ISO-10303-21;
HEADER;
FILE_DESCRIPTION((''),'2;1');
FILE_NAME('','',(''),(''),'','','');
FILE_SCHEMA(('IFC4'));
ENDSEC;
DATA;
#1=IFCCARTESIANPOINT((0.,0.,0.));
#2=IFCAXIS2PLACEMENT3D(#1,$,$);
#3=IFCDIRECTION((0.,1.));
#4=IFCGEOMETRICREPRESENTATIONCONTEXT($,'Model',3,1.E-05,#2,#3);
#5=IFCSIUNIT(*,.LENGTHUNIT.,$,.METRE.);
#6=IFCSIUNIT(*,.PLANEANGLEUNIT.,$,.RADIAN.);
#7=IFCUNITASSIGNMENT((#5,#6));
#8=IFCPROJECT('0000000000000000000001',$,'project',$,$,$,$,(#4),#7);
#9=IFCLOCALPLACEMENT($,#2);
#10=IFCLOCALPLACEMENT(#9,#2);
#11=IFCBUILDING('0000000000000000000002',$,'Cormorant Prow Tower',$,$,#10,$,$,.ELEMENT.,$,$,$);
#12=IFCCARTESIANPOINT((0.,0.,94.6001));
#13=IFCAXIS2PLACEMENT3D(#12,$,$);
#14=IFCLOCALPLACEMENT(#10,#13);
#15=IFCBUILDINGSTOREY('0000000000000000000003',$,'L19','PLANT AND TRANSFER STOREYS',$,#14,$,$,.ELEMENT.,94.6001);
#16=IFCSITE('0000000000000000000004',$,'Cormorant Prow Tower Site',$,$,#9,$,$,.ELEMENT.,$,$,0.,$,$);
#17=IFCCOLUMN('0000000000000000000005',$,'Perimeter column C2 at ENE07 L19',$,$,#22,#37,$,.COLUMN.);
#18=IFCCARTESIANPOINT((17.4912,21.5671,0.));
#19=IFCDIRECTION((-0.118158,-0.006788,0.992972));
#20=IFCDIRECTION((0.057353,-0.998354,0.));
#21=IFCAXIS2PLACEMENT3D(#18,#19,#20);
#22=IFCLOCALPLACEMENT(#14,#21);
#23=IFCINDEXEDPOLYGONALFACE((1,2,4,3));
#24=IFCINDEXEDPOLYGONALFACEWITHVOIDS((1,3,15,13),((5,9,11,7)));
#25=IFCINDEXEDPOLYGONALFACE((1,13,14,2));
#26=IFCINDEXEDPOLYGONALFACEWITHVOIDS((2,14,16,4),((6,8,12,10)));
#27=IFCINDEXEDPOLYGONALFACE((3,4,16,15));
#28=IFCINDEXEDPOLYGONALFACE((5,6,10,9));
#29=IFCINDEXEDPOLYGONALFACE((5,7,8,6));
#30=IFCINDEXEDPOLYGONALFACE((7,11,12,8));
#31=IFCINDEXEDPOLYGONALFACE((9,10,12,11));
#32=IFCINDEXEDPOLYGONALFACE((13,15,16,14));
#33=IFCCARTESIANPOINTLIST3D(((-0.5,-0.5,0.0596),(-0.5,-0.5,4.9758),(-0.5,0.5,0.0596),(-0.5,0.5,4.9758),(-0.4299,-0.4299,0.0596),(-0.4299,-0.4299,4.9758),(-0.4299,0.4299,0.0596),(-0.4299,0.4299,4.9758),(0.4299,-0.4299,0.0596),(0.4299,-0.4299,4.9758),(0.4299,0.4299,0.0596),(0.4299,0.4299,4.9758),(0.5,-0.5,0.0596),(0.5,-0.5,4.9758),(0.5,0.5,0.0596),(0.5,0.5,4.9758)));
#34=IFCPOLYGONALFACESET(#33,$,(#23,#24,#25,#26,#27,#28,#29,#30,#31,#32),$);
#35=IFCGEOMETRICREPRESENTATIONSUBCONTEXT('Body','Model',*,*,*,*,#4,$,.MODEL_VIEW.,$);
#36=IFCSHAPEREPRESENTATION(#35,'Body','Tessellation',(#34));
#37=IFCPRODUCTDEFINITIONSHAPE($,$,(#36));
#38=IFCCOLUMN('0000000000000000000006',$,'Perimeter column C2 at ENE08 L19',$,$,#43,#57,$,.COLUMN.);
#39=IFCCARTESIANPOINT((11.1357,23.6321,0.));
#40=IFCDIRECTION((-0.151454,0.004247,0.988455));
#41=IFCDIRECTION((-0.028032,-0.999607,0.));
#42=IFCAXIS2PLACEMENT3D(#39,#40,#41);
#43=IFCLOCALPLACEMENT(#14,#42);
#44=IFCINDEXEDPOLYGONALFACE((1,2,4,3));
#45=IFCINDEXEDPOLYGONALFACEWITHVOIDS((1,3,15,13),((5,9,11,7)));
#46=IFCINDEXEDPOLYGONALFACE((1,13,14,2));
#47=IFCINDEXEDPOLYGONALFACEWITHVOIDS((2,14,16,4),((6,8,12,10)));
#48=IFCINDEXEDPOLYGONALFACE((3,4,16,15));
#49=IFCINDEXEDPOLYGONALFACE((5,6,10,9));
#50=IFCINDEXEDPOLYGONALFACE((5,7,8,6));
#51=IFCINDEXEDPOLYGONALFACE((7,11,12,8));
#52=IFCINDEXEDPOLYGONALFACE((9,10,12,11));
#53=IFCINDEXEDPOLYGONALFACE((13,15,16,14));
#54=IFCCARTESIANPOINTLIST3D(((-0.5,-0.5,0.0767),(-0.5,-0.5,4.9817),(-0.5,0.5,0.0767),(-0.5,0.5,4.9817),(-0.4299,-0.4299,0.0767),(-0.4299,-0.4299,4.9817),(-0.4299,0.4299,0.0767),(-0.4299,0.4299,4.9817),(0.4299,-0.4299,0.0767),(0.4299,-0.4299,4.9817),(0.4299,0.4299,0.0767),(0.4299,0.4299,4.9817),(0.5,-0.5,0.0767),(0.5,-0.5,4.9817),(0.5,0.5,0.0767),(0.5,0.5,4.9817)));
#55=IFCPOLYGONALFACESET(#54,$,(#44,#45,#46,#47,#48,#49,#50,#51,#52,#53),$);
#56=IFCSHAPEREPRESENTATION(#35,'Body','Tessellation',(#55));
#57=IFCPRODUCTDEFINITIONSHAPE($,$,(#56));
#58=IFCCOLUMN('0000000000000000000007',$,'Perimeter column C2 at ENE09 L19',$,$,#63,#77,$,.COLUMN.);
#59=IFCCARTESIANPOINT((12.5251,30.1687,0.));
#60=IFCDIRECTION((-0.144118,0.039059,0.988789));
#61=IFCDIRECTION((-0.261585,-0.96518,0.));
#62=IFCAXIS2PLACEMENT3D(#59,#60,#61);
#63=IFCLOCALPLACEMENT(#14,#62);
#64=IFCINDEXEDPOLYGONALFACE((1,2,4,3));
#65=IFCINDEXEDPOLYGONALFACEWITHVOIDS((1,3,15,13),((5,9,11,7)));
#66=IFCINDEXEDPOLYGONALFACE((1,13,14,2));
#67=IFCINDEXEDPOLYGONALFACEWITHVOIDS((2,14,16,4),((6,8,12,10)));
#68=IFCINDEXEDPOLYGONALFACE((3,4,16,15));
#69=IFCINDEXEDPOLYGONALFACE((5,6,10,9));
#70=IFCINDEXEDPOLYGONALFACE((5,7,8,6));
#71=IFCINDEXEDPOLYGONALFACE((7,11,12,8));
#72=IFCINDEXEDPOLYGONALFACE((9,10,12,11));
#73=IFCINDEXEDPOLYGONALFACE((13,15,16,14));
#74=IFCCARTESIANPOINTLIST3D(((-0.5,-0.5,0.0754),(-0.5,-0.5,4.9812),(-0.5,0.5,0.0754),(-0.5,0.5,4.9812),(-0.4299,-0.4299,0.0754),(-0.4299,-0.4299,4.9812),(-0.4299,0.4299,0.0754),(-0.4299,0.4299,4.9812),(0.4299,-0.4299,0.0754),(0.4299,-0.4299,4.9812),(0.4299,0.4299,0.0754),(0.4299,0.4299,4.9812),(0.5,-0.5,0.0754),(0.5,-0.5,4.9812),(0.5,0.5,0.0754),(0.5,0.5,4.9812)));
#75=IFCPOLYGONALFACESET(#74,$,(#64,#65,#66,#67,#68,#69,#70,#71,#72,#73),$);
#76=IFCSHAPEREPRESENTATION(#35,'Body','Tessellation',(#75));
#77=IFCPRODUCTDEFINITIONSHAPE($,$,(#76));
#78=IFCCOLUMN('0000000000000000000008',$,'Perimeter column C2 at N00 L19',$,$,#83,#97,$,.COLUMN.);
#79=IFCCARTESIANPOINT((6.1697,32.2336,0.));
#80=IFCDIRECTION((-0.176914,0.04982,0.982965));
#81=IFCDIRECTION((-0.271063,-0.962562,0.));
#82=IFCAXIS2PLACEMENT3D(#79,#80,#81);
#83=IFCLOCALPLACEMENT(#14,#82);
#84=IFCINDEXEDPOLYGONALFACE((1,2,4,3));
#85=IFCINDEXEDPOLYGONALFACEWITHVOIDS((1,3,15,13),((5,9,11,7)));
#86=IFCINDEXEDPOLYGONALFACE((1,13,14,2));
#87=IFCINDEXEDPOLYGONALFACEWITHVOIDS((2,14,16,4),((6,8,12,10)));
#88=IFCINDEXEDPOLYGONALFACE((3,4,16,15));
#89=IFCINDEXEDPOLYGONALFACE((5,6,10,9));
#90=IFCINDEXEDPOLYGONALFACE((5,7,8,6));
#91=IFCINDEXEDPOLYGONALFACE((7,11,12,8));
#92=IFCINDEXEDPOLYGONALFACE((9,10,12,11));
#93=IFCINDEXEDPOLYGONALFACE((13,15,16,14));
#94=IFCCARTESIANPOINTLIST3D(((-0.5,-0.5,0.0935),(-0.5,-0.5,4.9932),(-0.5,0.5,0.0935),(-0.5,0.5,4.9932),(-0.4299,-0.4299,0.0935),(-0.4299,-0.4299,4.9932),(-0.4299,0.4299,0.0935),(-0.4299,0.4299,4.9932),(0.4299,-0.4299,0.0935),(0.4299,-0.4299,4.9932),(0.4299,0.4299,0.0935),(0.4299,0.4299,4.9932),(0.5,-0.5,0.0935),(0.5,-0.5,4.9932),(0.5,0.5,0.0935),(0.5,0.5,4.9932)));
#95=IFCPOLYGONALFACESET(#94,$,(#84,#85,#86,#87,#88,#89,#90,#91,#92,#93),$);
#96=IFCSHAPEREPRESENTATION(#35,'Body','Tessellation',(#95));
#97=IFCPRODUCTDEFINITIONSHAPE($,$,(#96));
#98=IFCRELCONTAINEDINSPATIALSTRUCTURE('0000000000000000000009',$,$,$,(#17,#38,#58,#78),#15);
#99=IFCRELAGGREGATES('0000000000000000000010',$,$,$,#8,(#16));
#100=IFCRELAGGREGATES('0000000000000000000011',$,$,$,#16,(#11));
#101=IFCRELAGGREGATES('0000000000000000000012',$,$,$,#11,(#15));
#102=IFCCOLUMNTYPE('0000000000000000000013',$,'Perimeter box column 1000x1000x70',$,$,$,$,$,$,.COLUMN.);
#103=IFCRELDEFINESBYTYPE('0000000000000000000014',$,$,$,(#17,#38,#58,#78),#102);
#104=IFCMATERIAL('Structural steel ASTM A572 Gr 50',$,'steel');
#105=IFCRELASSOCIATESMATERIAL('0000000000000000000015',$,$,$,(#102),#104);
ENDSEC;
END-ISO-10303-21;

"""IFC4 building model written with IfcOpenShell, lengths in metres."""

from ifc_helpers import new_model, si_unit, direction, frame, origin, origin_2d, place, context, subcontext, project, spatial, hollow_rectangle, extrude, material, material_profile, profile_set, type_object, element, save


model = new_model("IFC4")

# Units and contexts
model_context = context("Model", 3, precision=1e-05, world=origin(), true_north=direction((0.0, 1.0)))
body_context = subcontext(model_context, "Body", "Model", "MODEL_VIEW")
ifc_project = project(units=[si_unit("LENGTHUNIT", "METRE"), si_unit("PLANEANGLEUNIT", "RADIAN")], contexts=[model_context])

# Site, building, storey
site_placement = place(None, origin())
site = spatial("IfcSite", under=ifc_project, at=site_placement, Name="Cormorant Prow Tower Site", CompositionType="ELEMENT", RefElevation=0.0)
building_placement = place(site_placement, origin())
building = spatial("IfcBuilding", under=site, at=building_placement, Name="Cormorant Prow Tower", CompositionType="ELEMENT")
storey_placement = place(building_placement, frame((0.0, 0.0, 94.6001)))
storey = spatial("IfcBuildingStorey", under=building, at=storey_placement, Name="L19", Description="PLANT AND TRANSFER STOREYS", CompositionType="ELEMENT", Elevation=94.6001)

# Columns
ifc_material_1 = material(Name="Structural steel ASTM A572 Gr 50", Category="steel")
ifc_material_profile_1 = material_profile(ifc_material_1, hollow_rectangle(XDim=1.0, YDim=1.0, WallThickness=0.0701, at=origin_2d()), Name="Box 1000x1000x70")
ifc_profile_set_1 = profile_set([ifc_material_profile_1], Name="Structural steel ASTM A572 Gr 50")
column_type = type_object("IfcColumnType", Name="Perimeter box column 1000x1000x70", PredefinedType="COLUMN", material=ifc_profile_set_1)
column_1_placement = place(storey_placement, frame((17.4912, 21.5671, 0.0), z_axis=(-0.118158, -0.006788, 0.992972), x_axis=(0.057353, -0.998354, 0.0)))
element("IfcColumn", 1, at=column_1_placement, inside=storey, type_object=column_type, Name="Perimeter column C2 at ENE07 L19", PredefinedType="COLUMN", context=body_context, shape_type="SweptSolid", body=[
    extrude(hollow_rectangle(XDim=1.0, YDim=1.0, WallThickness=0.0701, at=origin_2d()), frame((0.0, 0.0, 0.0596)), (0.0, 0.0, 1.0), 4.9163),
])
column_2_placement = place(storey_placement, frame((11.1357, 23.6321, 0.0), z_axis=(-0.151454, 0.004247, 0.988455), x_axis=(-0.028032, -0.999607, 0.0)))
element("IfcColumn", 2, at=column_2_placement, inside=storey, type_object=column_type, Name="Perimeter column C2 at ENE08 L19", PredefinedType="COLUMN", context=body_context, shape_type="SweptSolid", body=[
    extrude(hollow_rectangle(XDim=1.0, YDim=1.0, WallThickness=0.0701, at=origin_2d()), frame((0.0, 0.0, 0.0767)), (0.0, 0.0, 1.0), 4.905),
])
column_3_placement = place(storey_placement, frame((12.5251, 30.1687, 0.0), z_axis=(-0.144118, 0.039059, 0.988789), x_axis=(-0.261585, -0.96518, 0.0)))
element("IfcColumn", 3, at=column_3_placement, inside=storey, type_object=column_type, Name="Perimeter column C2 at ENE09 L19", PredefinedType="COLUMN", context=body_context, shape_type="SweptSolid", body=[
    extrude(hollow_rectangle(XDim=1.0, YDim=1.0, WallThickness=0.0701, at=origin_2d()), frame((0.0, 0.0, 0.0754)), (0.0, 0.0, 1.0), 4.9058),
])
column_4_placement = place(storey_placement, frame((6.1697, 32.2336, 0.0), z_axis=(-0.176914, 0.04982, 0.982965), x_axis=(-0.271063, -0.962562, 0.0)))
element("IfcColumn", 4, at=column_4_placement, inside=storey, type_object=column_type, Name="Perimeter column C2 at N00 L19", PredefinedType="COLUMN", context=body_context, shape_type="SweptSolid", body=[
    extrude(hollow_rectangle(XDim=1.0, YDim=1.0, WallThickness=0.0701, at=origin_2d()), frame((0.0, 0.0, 0.0935)), (0.0, 0.0, 1.0), 4.8997),
])

save(model, "model.ifc")
